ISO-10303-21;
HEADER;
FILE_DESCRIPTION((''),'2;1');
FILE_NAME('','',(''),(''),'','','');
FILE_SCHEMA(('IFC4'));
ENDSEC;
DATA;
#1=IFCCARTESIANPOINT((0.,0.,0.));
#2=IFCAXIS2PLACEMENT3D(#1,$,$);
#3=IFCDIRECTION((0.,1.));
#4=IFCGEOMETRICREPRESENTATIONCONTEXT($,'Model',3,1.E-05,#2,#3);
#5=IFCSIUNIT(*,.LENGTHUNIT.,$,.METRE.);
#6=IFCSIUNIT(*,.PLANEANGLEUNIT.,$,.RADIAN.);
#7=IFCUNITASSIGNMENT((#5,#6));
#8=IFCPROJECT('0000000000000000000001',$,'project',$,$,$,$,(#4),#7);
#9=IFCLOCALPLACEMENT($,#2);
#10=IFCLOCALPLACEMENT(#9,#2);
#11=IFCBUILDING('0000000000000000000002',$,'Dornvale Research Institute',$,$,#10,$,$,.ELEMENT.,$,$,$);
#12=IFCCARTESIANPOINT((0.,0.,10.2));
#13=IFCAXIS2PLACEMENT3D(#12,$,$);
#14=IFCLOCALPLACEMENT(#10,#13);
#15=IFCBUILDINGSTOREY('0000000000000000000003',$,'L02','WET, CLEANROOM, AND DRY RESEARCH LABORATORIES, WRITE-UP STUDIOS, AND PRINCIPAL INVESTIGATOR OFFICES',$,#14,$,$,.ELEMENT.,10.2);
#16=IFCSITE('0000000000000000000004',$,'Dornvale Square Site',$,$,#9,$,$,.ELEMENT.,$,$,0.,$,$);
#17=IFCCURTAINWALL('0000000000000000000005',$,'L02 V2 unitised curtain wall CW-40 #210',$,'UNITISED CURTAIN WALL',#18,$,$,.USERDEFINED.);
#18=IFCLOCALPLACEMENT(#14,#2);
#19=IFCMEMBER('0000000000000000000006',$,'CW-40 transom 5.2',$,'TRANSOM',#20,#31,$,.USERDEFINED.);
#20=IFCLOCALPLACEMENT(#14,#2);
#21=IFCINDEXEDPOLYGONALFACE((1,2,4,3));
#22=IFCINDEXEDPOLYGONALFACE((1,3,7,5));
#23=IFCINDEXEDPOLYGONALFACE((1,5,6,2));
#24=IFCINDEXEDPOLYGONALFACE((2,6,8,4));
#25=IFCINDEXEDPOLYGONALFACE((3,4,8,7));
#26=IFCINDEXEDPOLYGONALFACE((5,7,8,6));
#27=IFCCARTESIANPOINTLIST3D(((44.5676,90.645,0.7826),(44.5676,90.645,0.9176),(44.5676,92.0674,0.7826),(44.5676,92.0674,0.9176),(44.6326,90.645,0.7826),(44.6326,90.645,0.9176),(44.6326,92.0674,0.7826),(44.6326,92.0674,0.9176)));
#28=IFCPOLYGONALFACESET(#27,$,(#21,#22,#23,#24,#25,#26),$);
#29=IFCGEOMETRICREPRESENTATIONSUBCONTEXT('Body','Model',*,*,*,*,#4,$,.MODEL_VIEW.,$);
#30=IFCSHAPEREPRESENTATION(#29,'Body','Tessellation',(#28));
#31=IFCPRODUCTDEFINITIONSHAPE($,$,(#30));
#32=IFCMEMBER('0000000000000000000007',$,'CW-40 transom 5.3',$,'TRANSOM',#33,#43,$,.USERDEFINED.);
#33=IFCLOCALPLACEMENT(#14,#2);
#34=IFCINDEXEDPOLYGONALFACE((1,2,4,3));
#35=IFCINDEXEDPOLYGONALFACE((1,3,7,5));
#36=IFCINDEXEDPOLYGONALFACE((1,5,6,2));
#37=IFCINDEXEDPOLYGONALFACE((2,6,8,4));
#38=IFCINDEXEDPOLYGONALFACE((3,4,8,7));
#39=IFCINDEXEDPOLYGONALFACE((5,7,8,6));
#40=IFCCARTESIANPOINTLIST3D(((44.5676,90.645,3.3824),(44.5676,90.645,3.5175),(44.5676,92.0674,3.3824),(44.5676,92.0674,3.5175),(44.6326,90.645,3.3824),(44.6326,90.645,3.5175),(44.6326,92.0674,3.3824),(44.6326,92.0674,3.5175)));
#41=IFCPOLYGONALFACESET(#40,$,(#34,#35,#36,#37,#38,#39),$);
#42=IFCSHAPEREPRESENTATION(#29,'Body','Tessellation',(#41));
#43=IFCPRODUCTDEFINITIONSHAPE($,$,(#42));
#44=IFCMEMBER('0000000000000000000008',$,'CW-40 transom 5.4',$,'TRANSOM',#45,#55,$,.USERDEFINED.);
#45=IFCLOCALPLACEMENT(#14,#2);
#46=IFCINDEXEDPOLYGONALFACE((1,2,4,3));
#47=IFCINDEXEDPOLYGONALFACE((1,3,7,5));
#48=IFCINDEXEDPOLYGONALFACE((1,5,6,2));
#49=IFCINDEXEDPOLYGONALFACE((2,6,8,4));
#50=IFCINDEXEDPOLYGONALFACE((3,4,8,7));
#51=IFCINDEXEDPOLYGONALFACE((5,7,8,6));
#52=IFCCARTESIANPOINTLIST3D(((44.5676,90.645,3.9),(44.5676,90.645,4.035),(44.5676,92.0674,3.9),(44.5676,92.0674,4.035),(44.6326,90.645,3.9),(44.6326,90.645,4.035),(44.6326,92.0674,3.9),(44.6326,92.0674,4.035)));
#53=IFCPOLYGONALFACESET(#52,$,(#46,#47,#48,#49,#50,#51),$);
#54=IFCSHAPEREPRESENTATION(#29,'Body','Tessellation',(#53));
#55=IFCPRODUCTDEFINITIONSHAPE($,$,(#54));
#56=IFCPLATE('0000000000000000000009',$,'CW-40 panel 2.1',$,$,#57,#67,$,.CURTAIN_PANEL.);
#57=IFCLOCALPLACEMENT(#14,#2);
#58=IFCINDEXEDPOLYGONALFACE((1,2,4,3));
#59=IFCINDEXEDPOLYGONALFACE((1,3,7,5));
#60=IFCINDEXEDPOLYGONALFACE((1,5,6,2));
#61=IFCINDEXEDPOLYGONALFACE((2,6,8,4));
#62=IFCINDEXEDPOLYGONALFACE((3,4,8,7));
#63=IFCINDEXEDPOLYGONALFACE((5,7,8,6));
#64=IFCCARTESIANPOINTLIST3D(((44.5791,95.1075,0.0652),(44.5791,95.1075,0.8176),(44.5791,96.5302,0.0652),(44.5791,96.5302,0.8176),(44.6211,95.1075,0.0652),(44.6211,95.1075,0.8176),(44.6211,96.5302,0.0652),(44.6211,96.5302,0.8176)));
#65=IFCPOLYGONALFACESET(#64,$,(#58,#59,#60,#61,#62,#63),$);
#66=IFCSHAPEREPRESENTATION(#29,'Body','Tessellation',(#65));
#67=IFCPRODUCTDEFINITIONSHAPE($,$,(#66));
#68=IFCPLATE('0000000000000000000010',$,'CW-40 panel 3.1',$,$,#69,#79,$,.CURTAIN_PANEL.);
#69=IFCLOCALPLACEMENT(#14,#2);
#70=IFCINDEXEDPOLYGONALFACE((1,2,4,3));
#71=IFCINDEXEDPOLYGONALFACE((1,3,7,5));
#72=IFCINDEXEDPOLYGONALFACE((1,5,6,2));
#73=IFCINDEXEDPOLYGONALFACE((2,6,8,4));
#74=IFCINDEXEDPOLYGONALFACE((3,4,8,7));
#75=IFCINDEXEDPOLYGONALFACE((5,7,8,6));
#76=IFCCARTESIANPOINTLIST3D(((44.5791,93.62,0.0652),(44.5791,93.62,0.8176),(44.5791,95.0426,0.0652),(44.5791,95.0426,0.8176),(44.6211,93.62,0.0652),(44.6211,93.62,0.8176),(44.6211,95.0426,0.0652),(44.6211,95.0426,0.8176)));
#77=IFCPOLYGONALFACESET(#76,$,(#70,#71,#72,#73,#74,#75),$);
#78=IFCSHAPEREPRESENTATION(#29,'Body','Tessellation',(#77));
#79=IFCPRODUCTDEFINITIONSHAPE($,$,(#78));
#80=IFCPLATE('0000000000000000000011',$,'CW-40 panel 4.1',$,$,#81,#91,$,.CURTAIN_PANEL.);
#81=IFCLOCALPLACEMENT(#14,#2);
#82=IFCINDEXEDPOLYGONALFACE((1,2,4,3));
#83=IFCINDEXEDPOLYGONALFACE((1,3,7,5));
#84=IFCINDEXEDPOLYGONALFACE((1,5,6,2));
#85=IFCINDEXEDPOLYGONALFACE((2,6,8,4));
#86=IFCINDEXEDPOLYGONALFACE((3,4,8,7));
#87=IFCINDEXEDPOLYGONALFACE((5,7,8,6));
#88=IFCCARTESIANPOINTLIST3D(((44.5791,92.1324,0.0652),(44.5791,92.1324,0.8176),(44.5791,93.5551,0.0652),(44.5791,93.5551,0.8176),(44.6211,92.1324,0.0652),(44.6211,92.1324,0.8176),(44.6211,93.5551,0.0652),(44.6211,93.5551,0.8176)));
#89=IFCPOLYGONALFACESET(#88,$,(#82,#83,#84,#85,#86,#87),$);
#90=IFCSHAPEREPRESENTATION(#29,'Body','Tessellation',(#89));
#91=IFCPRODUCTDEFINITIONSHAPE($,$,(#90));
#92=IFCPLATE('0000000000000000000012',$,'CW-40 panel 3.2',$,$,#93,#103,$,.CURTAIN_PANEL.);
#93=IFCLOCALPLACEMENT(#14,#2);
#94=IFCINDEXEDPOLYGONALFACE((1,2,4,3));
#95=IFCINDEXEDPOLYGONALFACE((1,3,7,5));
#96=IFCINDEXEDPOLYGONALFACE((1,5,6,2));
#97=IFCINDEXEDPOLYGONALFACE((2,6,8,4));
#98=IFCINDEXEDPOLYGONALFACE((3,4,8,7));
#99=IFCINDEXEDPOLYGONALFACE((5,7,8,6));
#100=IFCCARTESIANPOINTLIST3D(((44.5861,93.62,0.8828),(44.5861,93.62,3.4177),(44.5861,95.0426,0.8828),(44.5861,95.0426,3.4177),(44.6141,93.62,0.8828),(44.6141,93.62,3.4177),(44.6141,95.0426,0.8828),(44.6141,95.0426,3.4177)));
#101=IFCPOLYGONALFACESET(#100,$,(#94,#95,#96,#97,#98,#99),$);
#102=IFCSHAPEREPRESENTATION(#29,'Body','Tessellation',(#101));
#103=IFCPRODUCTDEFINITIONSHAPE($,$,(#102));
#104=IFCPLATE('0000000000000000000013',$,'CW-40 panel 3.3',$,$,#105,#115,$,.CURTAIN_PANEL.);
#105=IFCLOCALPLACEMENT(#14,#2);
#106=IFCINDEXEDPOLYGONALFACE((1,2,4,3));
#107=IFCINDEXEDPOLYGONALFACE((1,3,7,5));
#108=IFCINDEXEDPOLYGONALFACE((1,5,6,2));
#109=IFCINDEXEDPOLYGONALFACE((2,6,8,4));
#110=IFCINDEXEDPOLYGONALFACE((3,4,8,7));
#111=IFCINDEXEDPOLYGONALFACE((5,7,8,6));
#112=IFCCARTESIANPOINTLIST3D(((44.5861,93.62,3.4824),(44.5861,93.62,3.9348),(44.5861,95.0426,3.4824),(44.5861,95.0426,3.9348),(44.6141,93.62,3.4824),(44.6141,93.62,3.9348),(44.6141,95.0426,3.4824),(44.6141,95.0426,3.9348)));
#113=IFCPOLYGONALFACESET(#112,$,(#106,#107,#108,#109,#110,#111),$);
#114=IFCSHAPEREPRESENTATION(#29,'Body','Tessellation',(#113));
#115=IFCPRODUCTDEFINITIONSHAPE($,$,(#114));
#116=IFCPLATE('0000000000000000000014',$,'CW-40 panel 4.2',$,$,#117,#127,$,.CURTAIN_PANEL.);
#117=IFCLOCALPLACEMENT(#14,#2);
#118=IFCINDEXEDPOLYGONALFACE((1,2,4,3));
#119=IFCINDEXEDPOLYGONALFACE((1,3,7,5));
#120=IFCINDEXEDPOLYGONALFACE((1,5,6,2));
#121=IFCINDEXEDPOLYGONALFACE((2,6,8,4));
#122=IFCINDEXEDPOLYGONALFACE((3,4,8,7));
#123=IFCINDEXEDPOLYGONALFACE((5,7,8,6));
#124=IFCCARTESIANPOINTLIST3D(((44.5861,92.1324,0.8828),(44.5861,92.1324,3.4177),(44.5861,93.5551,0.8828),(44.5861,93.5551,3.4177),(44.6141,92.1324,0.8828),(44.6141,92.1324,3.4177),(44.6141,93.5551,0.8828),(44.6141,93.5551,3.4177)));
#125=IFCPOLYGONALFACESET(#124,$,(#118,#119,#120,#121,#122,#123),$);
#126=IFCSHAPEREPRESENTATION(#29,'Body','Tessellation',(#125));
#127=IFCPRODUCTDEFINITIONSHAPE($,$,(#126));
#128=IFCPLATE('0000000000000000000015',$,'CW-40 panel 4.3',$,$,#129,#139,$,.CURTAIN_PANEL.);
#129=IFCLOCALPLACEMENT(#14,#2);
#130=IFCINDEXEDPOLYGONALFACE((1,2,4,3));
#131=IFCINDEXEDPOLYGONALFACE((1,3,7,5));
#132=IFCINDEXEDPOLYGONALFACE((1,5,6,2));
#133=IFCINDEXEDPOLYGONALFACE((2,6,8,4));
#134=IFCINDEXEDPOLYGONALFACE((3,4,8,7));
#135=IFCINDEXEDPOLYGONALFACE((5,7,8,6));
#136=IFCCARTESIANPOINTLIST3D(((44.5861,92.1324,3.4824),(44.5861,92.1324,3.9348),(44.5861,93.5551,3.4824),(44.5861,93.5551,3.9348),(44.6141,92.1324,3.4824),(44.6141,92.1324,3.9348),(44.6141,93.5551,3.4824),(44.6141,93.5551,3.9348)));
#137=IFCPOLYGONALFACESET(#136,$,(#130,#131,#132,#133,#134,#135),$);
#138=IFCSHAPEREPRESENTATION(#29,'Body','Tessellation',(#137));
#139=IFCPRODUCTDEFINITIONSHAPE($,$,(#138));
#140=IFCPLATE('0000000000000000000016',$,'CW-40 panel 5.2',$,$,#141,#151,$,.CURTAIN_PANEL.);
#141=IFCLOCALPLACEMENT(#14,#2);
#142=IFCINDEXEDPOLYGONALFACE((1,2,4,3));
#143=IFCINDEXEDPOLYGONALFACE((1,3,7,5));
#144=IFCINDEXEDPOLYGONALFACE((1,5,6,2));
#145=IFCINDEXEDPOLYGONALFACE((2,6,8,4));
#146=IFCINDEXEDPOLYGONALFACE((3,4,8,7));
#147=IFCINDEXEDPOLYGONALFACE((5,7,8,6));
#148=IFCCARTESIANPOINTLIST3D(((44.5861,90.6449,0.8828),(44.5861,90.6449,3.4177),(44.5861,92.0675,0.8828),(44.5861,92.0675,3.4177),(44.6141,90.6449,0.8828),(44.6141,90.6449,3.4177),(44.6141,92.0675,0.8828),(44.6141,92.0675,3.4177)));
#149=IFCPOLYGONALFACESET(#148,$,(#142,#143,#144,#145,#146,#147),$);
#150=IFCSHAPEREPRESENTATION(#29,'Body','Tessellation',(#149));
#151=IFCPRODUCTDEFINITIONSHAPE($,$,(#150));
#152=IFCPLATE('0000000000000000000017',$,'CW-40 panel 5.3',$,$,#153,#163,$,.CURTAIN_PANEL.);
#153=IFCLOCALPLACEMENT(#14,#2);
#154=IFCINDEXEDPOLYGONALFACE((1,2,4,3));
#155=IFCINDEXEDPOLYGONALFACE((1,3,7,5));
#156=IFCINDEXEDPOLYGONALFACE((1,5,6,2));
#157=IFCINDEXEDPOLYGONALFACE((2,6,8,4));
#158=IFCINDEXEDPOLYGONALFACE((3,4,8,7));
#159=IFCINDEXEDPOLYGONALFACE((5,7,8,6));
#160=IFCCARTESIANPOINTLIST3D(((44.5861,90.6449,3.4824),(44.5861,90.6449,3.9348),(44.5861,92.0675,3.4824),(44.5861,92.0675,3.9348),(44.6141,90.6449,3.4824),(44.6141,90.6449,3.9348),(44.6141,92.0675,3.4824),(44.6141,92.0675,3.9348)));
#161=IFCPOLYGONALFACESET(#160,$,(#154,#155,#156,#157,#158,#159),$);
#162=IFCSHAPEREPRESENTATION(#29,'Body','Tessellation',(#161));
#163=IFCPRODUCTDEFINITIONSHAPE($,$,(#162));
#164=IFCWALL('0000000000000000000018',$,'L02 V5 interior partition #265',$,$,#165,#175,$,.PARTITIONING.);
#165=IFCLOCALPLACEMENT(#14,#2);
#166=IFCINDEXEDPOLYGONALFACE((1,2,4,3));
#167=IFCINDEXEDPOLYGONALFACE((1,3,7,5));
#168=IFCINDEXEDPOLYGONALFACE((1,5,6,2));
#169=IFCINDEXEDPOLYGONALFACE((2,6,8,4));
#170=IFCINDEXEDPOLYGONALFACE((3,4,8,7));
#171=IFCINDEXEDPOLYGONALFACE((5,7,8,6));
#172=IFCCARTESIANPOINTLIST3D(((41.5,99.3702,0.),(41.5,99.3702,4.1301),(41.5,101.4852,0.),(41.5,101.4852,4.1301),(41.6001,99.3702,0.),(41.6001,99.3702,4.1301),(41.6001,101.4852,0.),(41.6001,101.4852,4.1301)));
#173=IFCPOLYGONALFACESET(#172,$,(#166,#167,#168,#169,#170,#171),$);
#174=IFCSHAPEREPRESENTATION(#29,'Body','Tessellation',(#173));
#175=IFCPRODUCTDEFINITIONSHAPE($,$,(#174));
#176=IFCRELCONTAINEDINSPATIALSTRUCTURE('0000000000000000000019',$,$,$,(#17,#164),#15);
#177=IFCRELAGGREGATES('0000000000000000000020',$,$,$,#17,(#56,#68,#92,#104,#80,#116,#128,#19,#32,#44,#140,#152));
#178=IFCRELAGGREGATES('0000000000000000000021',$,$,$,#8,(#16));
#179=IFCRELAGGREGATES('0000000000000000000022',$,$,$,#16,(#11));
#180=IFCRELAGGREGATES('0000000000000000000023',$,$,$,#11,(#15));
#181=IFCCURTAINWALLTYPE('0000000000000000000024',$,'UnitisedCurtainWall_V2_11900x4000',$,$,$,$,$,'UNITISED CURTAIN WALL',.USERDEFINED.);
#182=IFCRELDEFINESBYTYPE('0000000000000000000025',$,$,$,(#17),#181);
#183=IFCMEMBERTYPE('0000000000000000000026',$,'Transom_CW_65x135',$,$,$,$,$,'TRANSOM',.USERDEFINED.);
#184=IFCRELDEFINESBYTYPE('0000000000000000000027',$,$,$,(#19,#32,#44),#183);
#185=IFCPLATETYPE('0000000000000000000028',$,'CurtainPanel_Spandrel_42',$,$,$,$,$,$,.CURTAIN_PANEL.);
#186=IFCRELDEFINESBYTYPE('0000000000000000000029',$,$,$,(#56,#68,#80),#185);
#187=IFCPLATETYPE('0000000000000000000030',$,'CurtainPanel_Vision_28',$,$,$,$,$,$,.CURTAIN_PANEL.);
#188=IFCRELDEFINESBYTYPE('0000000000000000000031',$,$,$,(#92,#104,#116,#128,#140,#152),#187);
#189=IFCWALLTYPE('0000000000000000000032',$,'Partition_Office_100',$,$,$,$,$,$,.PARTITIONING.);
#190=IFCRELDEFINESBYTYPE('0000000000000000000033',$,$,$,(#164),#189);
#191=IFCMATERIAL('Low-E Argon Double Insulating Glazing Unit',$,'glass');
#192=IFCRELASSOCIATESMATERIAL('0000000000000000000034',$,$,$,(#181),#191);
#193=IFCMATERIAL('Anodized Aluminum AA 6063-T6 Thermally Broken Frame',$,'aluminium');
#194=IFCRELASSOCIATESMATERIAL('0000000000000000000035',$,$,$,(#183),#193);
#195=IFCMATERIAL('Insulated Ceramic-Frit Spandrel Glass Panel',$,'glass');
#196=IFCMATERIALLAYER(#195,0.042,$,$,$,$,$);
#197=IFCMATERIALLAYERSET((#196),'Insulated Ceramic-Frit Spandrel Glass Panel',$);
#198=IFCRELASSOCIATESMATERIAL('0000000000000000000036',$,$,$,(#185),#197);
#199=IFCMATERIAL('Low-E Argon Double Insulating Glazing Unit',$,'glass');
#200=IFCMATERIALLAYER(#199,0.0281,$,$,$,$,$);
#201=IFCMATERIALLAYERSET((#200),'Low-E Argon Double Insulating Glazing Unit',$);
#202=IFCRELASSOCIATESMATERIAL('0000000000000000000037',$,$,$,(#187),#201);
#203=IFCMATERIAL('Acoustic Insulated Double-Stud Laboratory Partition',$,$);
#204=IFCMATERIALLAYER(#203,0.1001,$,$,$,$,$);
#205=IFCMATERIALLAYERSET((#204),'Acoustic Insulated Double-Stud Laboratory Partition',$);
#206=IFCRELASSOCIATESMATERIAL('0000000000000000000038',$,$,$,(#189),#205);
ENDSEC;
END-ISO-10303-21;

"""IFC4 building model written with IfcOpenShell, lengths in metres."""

from ifc_helpers import new_model, si_unit, direction, frame, frame_2d, origin, origin_2d, place, context, subcontext, project, spatial, rectangle, extrude, material, layer, layer_set, material_profile, profile_set, type_object, element, aggregate, save


model = new_model("IFC4")

# Units and contexts
model_context = context("Model", 3, precision=1e-05, world=origin(), true_north=direction((0.0, 1.0)))
body_context = subcontext(model_context, "Body", "Model", "MODEL_VIEW")
ifc_project = project(units=[si_unit("LENGTHUNIT", "METRE"), si_unit("PLANEANGLEUNIT", "RADIAN")], contexts=[model_context])

# Site, building, storey
site_placement = place(None, origin())
site = spatial("IfcSite", under=ifc_project, at=site_placement, Name="Dornvale Square Site", CompositionType="ELEMENT", RefElevation=0.0)
building_placement = place(site_placement, origin())
building = spatial("IfcBuilding", under=site, at=building_placement, Name="Dornvale Research Institute", CompositionType="ELEMENT")
storey_placement = place(building_placement, frame((0.0, 0.0, 10.2)))
storey = spatial("IfcBuildingStorey", under=building, at=storey_placement, Name="L02", Description="WET, CLEANROOM, AND DRY RESEARCH LABORATORIES, WRITE-UP STUDIOS, AND PRINCIPAL INVESTIGATOR OFFICES", CompositionType="ELEMENT", Elevation=10.2)

# Curtain wall, members, plates
ifc_material_1 = material(Name="Low-E Argon Double Insulating Glazing Unit", Category="glass")
curtain_wall_type = type_object("IfcCurtainWallType", Name="UnitisedCurtainWall_V2_11900x4000", ElementType="UNITISED CURTAIN WALL", PredefinedType="USERDEFINED", material=ifc_material_1)
curtain_wall_placement = place(storey_placement, origin())
curtain_wall = element("IfcCurtainWall", 1, at=curtain_wall_placement, inside=storey, type_object=curtain_wall_type, Name="L02 V2 unitised curtain wall CW-40 #210", ObjectType="UNITISED CURTAIN WALL", PredefinedType="USERDEFINED")
ifc_material_2 = material(Name="Anodized Aluminum AA 6063-T6 Thermally Broken Frame", Category="aluminium")
ifc_material_profile_1 = material_profile(ifc_material_2, rectangle(XDim=0.0649, YDim=0.135, at=origin_2d()), Name="ALU TRANSOM 65x135")
ifc_profile_set_1 = profile_set([ifc_material_profile_1], Name="Anodized Aluminum AA 6063-T6 Thermally Broken Frame")
member_type_1 = type_object("IfcMemberType", Name="Transom_CW_65x135", ElementType="TRANSOM", PredefinedType="USERDEFINED", material=ifc_profile_set_1)
member_1_placement = place(storey_placement, frame((44.6001, 92.0674, 0.8501), z_axis=(0.0, -1.0, 0.0), x_axis=(1.0, 0.0, 0.0)))
member_1 = element("IfcMember", 2, at=member_1_placement, type_object=member_type_1, Name="CW-40 transom 5.2", ObjectType="TRANSOM", PredefinedType="USERDEFINED", context=body_context, shape_type="SweptSolid", body=[
    extrude(rectangle(XDim=0.0649, YDim=0.135, at=origin_2d()), origin(), (0.0, 0.0, 1.0), 1.4224),
])
member_2_placement = place(storey_placement, frame((44.6001, 92.0674, 3.45), z_axis=(0.0, -1.0, 0.0), x_axis=(1.0, 0.0, 0.0)))
member_2 = element("IfcMember", 3, at=member_2_placement, type_object=member_type_1, Name="CW-40 transom 5.3", ObjectType="TRANSOM", PredefinedType="USERDEFINED", context=body_context, shape_type="SweptSolid", body=[
    extrude(rectangle(XDim=0.0649, YDim=0.135, at=origin_2d()), origin(), (0.0, 0.0, 1.0), 1.4224),
])
member_3_placement = place(storey_placement, frame((44.6001, 92.0674, 3.9675), z_axis=(0.0, -1.0, 0.0), x_axis=(1.0, 0.0, 0.0)))
member_3 = element("IfcMember", 4, at=member_3_placement, type_object=member_type_1, Name="CW-40 transom 5.4", ObjectType="TRANSOM", PredefinedType="USERDEFINED", context=body_context, shape_type="SweptSolid", body=[
    extrude(rectangle(XDim=0.0649, YDim=0.135, at=origin_2d()), origin(), (0.0, 0.0, 1.0), 1.4224),
])
ifc_material_3 = material(Name="Insulated Ceramic-Frit Spandrel Glass Panel", Category="glass")
ifc_layer_1 = layer(ifc_material_3, 0.042)
ifc_layer_set_1 = layer_set([ifc_layer_1], Name="Insulated Ceramic-Frit Spandrel Glass Panel")
plate_type_1 = type_object("IfcPlateType", Name="CurtainPanel_Spandrel_42", PredefinedType="CURTAIN_PANEL", material=ifc_layer_set_1)
plate_1_placement = place(storey_placement, frame((44.6001, 95.8188, 0.0652), z_axis=(0.0, 0.0, 1.0), x_axis=(0.0, -1.0, 0.0)))
plate_1 = element("IfcPlate", 5, at=plate_1_placement, type_object=plate_type_1, Name="CW-40 panel 2.1", PredefinedType="CURTAIN_PANEL", context=body_context, shape_type="SweptSolid", body=[
    extrude(rectangle(XDim=1.4226, YDim=0.042, at=origin_2d()), origin(), (0.0, 0.0, 1.0), 0.7524),
])
plate_2_placement = place(storey_placement, frame((44.6001, 94.3313, 0.0652), z_axis=(0.0, 0.0, 1.0), x_axis=(0.0, -1.0, 0.0)))
plate_2 = element("IfcPlate", 6, at=plate_2_placement, type_object=plate_type_1, Name="CW-40 panel 3.1", PredefinedType="CURTAIN_PANEL", context=body_context, shape_type="SweptSolid", body=[
    extrude(rectangle(XDim=1.4226, YDim=0.042, at=origin_2d()), origin(), (0.0, 0.0, 1.0), 0.7524),
])
plate_3_placement = place(storey_placement, frame((44.6001, 92.8438, 0.0652), z_axis=(0.0, 0.0, 1.0), x_axis=(0.0, -1.0, 0.0)))
plate_3 = element("IfcPlate", 7, at=plate_3_placement, type_object=plate_type_1, Name="CW-40 panel 4.1", PredefinedType="CURTAIN_PANEL", context=body_context, shape_type="SweptSolid", body=[
    extrude(rectangle(XDim=1.4226, YDim=0.042, at=origin_2d()), origin(), (0.0, 0.0, 1.0), 0.7524),
])
ifc_material_4 = material(Name="Low-E Argon Double Insulating Glazing Unit", Category="glass")
ifc_layer_2 = layer(ifc_material_4, 0.0281)
ifc_layer_set_2 = layer_set([ifc_layer_2], Name="Low-E Argon Double Insulating Glazing Unit")
plate_type_2 = type_object("IfcPlateType", Name="CurtainPanel_Vision_28", PredefinedType="CURTAIN_PANEL", material=ifc_layer_set_2)
plate_4_placement = place(storey_placement, frame((44.6001, 94.3313, 0.8828), z_axis=(0.0, 0.0, 1.0), x_axis=(0.0, -1.0, 0.0)))
plate_4 = element("IfcPlate", 8, at=plate_4_placement, type_object=plate_type_2, Name="CW-40 panel 3.2", PredefinedType="CURTAIN_PANEL", context=body_context, shape_type="SweptSolid", body=[
    extrude(rectangle(XDim=1.4226, YDim=0.0281, at=origin_2d()), origin(), (0.0, 0.0, 1.0), 2.5349),
])
plate_5_placement = place(storey_placement, frame((44.6001, 94.3313, 3.4824), z_axis=(0.0, 0.0, 1.0), x_axis=(0.0, -1.0, 0.0)))
plate_5 = element("IfcPlate", 9, at=plate_5_placement, type_object=plate_type_2, Name="CW-40 panel 3.3", PredefinedType="CURTAIN_PANEL", context=body_context, shape_type="SweptSolid", body=[
    extrude(rectangle(XDim=1.4226, YDim=0.0281, at=origin_2d()), origin(), (0.0, 0.0, 1.0), 0.4524),
])
plate_6_placement = place(storey_placement, frame((44.6001, 92.8438, 0.8828), z_axis=(0.0, 0.0, 1.0), x_axis=(0.0, -1.0, 0.0)))
plate_6 = element("IfcPlate", 10, at=plate_6_placement, type_object=plate_type_2, Name="CW-40 panel 4.2", PredefinedType="CURTAIN_PANEL", context=body_context, shape_type="SweptSolid", body=[
    extrude(rectangle(XDim=1.4226, YDim=0.0281, at=origin_2d()), origin(), (0.0, 0.0, 1.0), 2.5349),
])
plate_7_placement = place(storey_placement, frame((44.6001, 92.8438, 3.4824), z_axis=(0.0, 0.0, 1.0), x_axis=(0.0, -1.0, 0.0)))
plate_7 = element("IfcPlate", 11, at=plate_7_placement, type_object=plate_type_2, Name="CW-40 panel 4.3", PredefinedType="CURTAIN_PANEL", context=body_context, shape_type="SweptSolid", body=[
    extrude(rectangle(XDim=1.4226, YDim=0.0281, at=origin_2d()), origin(), (0.0, 0.0, 1.0), 0.4524),
])
plate_8_placement = place(storey_placement, frame((44.6001, 91.3562, 0.8828), z_axis=(0.0, 0.0, 1.0), x_axis=(0.0, -1.0, 0.0)))
plate_8 = element("IfcPlate", 12, at=plate_8_placement, type_object=plate_type_2, Name="CW-40 panel 5.2", PredefinedType="CURTAIN_PANEL", context=body_context, shape_type="SweptSolid", body=[
    extrude(rectangle(XDim=1.4226, YDim=0.0281, at=origin_2d()), origin(), (0.0, 0.0, 1.0), 2.5349),
])
plate_9_placement = place(storey_placement, frame((44.6001, 91.3562, 3.4824), z_axis=(0.0, 0.0, 1.0), x_axis=(0.0, -1.0, 0.0)))
plate_9 = element("IfcPlate", 13, at=plate_9_placement, type_object=plate_type_2, Name="CW-40 panel 5.3", PredefinedType="CURTAIN_PANEL", context=body_context, shape_type="SweptSolid", body=[
    extrude(rectangle(XDim=1.4226, YDim=0.0281, at=origin_2d()), origin(), (0.0, 0.0, 1.0), 0.4524),
])
aggregate(curtain_wall, [plate_1, plate_2, plate_4, plate_5, plate_3, plate_6, plate_7, member_1, member_2, member_3, plate_8, plate_9])

# Wall
ifc_material_5 = material(Name="Acoustic Insulated Double-Stud Laboratory Partition")
ifc_layer_3 = layer(ifc_material_5, 0.1001)
ifc_layer_set_3 = layer_set([ifc_layer_3], Name="Acoustic Insulated Double-Stud Laboratory Partition")
wall_type = type_object("IfcWallType", Name="Partition_Office_100", PredefinedType="PARTITIONING", material=ifc_layer_set_3)
wall_placement = place(storey_placement, frame((41.55, 99.3701, 0.0), z_axis=(0.0, 0.0, 1.0), x_axis=(0.0, 1.0, 0.0)))
element("IfcWall", 14, at=wall_placement, inside=storey, type_object=wall_type, Name="L02 V5 interior partition #265", PredefinedType="PARTITIONING", context=body_context, shape_type="SweptSolid", body=[
    extrude(rectangle(XDim=2.115, YDim=0.1001, at=frame_2d((1.0576, 0.0))), origin(), (0.0, 0.0, 1.0), 4.1301),
])

save(model, "model.ifc")
